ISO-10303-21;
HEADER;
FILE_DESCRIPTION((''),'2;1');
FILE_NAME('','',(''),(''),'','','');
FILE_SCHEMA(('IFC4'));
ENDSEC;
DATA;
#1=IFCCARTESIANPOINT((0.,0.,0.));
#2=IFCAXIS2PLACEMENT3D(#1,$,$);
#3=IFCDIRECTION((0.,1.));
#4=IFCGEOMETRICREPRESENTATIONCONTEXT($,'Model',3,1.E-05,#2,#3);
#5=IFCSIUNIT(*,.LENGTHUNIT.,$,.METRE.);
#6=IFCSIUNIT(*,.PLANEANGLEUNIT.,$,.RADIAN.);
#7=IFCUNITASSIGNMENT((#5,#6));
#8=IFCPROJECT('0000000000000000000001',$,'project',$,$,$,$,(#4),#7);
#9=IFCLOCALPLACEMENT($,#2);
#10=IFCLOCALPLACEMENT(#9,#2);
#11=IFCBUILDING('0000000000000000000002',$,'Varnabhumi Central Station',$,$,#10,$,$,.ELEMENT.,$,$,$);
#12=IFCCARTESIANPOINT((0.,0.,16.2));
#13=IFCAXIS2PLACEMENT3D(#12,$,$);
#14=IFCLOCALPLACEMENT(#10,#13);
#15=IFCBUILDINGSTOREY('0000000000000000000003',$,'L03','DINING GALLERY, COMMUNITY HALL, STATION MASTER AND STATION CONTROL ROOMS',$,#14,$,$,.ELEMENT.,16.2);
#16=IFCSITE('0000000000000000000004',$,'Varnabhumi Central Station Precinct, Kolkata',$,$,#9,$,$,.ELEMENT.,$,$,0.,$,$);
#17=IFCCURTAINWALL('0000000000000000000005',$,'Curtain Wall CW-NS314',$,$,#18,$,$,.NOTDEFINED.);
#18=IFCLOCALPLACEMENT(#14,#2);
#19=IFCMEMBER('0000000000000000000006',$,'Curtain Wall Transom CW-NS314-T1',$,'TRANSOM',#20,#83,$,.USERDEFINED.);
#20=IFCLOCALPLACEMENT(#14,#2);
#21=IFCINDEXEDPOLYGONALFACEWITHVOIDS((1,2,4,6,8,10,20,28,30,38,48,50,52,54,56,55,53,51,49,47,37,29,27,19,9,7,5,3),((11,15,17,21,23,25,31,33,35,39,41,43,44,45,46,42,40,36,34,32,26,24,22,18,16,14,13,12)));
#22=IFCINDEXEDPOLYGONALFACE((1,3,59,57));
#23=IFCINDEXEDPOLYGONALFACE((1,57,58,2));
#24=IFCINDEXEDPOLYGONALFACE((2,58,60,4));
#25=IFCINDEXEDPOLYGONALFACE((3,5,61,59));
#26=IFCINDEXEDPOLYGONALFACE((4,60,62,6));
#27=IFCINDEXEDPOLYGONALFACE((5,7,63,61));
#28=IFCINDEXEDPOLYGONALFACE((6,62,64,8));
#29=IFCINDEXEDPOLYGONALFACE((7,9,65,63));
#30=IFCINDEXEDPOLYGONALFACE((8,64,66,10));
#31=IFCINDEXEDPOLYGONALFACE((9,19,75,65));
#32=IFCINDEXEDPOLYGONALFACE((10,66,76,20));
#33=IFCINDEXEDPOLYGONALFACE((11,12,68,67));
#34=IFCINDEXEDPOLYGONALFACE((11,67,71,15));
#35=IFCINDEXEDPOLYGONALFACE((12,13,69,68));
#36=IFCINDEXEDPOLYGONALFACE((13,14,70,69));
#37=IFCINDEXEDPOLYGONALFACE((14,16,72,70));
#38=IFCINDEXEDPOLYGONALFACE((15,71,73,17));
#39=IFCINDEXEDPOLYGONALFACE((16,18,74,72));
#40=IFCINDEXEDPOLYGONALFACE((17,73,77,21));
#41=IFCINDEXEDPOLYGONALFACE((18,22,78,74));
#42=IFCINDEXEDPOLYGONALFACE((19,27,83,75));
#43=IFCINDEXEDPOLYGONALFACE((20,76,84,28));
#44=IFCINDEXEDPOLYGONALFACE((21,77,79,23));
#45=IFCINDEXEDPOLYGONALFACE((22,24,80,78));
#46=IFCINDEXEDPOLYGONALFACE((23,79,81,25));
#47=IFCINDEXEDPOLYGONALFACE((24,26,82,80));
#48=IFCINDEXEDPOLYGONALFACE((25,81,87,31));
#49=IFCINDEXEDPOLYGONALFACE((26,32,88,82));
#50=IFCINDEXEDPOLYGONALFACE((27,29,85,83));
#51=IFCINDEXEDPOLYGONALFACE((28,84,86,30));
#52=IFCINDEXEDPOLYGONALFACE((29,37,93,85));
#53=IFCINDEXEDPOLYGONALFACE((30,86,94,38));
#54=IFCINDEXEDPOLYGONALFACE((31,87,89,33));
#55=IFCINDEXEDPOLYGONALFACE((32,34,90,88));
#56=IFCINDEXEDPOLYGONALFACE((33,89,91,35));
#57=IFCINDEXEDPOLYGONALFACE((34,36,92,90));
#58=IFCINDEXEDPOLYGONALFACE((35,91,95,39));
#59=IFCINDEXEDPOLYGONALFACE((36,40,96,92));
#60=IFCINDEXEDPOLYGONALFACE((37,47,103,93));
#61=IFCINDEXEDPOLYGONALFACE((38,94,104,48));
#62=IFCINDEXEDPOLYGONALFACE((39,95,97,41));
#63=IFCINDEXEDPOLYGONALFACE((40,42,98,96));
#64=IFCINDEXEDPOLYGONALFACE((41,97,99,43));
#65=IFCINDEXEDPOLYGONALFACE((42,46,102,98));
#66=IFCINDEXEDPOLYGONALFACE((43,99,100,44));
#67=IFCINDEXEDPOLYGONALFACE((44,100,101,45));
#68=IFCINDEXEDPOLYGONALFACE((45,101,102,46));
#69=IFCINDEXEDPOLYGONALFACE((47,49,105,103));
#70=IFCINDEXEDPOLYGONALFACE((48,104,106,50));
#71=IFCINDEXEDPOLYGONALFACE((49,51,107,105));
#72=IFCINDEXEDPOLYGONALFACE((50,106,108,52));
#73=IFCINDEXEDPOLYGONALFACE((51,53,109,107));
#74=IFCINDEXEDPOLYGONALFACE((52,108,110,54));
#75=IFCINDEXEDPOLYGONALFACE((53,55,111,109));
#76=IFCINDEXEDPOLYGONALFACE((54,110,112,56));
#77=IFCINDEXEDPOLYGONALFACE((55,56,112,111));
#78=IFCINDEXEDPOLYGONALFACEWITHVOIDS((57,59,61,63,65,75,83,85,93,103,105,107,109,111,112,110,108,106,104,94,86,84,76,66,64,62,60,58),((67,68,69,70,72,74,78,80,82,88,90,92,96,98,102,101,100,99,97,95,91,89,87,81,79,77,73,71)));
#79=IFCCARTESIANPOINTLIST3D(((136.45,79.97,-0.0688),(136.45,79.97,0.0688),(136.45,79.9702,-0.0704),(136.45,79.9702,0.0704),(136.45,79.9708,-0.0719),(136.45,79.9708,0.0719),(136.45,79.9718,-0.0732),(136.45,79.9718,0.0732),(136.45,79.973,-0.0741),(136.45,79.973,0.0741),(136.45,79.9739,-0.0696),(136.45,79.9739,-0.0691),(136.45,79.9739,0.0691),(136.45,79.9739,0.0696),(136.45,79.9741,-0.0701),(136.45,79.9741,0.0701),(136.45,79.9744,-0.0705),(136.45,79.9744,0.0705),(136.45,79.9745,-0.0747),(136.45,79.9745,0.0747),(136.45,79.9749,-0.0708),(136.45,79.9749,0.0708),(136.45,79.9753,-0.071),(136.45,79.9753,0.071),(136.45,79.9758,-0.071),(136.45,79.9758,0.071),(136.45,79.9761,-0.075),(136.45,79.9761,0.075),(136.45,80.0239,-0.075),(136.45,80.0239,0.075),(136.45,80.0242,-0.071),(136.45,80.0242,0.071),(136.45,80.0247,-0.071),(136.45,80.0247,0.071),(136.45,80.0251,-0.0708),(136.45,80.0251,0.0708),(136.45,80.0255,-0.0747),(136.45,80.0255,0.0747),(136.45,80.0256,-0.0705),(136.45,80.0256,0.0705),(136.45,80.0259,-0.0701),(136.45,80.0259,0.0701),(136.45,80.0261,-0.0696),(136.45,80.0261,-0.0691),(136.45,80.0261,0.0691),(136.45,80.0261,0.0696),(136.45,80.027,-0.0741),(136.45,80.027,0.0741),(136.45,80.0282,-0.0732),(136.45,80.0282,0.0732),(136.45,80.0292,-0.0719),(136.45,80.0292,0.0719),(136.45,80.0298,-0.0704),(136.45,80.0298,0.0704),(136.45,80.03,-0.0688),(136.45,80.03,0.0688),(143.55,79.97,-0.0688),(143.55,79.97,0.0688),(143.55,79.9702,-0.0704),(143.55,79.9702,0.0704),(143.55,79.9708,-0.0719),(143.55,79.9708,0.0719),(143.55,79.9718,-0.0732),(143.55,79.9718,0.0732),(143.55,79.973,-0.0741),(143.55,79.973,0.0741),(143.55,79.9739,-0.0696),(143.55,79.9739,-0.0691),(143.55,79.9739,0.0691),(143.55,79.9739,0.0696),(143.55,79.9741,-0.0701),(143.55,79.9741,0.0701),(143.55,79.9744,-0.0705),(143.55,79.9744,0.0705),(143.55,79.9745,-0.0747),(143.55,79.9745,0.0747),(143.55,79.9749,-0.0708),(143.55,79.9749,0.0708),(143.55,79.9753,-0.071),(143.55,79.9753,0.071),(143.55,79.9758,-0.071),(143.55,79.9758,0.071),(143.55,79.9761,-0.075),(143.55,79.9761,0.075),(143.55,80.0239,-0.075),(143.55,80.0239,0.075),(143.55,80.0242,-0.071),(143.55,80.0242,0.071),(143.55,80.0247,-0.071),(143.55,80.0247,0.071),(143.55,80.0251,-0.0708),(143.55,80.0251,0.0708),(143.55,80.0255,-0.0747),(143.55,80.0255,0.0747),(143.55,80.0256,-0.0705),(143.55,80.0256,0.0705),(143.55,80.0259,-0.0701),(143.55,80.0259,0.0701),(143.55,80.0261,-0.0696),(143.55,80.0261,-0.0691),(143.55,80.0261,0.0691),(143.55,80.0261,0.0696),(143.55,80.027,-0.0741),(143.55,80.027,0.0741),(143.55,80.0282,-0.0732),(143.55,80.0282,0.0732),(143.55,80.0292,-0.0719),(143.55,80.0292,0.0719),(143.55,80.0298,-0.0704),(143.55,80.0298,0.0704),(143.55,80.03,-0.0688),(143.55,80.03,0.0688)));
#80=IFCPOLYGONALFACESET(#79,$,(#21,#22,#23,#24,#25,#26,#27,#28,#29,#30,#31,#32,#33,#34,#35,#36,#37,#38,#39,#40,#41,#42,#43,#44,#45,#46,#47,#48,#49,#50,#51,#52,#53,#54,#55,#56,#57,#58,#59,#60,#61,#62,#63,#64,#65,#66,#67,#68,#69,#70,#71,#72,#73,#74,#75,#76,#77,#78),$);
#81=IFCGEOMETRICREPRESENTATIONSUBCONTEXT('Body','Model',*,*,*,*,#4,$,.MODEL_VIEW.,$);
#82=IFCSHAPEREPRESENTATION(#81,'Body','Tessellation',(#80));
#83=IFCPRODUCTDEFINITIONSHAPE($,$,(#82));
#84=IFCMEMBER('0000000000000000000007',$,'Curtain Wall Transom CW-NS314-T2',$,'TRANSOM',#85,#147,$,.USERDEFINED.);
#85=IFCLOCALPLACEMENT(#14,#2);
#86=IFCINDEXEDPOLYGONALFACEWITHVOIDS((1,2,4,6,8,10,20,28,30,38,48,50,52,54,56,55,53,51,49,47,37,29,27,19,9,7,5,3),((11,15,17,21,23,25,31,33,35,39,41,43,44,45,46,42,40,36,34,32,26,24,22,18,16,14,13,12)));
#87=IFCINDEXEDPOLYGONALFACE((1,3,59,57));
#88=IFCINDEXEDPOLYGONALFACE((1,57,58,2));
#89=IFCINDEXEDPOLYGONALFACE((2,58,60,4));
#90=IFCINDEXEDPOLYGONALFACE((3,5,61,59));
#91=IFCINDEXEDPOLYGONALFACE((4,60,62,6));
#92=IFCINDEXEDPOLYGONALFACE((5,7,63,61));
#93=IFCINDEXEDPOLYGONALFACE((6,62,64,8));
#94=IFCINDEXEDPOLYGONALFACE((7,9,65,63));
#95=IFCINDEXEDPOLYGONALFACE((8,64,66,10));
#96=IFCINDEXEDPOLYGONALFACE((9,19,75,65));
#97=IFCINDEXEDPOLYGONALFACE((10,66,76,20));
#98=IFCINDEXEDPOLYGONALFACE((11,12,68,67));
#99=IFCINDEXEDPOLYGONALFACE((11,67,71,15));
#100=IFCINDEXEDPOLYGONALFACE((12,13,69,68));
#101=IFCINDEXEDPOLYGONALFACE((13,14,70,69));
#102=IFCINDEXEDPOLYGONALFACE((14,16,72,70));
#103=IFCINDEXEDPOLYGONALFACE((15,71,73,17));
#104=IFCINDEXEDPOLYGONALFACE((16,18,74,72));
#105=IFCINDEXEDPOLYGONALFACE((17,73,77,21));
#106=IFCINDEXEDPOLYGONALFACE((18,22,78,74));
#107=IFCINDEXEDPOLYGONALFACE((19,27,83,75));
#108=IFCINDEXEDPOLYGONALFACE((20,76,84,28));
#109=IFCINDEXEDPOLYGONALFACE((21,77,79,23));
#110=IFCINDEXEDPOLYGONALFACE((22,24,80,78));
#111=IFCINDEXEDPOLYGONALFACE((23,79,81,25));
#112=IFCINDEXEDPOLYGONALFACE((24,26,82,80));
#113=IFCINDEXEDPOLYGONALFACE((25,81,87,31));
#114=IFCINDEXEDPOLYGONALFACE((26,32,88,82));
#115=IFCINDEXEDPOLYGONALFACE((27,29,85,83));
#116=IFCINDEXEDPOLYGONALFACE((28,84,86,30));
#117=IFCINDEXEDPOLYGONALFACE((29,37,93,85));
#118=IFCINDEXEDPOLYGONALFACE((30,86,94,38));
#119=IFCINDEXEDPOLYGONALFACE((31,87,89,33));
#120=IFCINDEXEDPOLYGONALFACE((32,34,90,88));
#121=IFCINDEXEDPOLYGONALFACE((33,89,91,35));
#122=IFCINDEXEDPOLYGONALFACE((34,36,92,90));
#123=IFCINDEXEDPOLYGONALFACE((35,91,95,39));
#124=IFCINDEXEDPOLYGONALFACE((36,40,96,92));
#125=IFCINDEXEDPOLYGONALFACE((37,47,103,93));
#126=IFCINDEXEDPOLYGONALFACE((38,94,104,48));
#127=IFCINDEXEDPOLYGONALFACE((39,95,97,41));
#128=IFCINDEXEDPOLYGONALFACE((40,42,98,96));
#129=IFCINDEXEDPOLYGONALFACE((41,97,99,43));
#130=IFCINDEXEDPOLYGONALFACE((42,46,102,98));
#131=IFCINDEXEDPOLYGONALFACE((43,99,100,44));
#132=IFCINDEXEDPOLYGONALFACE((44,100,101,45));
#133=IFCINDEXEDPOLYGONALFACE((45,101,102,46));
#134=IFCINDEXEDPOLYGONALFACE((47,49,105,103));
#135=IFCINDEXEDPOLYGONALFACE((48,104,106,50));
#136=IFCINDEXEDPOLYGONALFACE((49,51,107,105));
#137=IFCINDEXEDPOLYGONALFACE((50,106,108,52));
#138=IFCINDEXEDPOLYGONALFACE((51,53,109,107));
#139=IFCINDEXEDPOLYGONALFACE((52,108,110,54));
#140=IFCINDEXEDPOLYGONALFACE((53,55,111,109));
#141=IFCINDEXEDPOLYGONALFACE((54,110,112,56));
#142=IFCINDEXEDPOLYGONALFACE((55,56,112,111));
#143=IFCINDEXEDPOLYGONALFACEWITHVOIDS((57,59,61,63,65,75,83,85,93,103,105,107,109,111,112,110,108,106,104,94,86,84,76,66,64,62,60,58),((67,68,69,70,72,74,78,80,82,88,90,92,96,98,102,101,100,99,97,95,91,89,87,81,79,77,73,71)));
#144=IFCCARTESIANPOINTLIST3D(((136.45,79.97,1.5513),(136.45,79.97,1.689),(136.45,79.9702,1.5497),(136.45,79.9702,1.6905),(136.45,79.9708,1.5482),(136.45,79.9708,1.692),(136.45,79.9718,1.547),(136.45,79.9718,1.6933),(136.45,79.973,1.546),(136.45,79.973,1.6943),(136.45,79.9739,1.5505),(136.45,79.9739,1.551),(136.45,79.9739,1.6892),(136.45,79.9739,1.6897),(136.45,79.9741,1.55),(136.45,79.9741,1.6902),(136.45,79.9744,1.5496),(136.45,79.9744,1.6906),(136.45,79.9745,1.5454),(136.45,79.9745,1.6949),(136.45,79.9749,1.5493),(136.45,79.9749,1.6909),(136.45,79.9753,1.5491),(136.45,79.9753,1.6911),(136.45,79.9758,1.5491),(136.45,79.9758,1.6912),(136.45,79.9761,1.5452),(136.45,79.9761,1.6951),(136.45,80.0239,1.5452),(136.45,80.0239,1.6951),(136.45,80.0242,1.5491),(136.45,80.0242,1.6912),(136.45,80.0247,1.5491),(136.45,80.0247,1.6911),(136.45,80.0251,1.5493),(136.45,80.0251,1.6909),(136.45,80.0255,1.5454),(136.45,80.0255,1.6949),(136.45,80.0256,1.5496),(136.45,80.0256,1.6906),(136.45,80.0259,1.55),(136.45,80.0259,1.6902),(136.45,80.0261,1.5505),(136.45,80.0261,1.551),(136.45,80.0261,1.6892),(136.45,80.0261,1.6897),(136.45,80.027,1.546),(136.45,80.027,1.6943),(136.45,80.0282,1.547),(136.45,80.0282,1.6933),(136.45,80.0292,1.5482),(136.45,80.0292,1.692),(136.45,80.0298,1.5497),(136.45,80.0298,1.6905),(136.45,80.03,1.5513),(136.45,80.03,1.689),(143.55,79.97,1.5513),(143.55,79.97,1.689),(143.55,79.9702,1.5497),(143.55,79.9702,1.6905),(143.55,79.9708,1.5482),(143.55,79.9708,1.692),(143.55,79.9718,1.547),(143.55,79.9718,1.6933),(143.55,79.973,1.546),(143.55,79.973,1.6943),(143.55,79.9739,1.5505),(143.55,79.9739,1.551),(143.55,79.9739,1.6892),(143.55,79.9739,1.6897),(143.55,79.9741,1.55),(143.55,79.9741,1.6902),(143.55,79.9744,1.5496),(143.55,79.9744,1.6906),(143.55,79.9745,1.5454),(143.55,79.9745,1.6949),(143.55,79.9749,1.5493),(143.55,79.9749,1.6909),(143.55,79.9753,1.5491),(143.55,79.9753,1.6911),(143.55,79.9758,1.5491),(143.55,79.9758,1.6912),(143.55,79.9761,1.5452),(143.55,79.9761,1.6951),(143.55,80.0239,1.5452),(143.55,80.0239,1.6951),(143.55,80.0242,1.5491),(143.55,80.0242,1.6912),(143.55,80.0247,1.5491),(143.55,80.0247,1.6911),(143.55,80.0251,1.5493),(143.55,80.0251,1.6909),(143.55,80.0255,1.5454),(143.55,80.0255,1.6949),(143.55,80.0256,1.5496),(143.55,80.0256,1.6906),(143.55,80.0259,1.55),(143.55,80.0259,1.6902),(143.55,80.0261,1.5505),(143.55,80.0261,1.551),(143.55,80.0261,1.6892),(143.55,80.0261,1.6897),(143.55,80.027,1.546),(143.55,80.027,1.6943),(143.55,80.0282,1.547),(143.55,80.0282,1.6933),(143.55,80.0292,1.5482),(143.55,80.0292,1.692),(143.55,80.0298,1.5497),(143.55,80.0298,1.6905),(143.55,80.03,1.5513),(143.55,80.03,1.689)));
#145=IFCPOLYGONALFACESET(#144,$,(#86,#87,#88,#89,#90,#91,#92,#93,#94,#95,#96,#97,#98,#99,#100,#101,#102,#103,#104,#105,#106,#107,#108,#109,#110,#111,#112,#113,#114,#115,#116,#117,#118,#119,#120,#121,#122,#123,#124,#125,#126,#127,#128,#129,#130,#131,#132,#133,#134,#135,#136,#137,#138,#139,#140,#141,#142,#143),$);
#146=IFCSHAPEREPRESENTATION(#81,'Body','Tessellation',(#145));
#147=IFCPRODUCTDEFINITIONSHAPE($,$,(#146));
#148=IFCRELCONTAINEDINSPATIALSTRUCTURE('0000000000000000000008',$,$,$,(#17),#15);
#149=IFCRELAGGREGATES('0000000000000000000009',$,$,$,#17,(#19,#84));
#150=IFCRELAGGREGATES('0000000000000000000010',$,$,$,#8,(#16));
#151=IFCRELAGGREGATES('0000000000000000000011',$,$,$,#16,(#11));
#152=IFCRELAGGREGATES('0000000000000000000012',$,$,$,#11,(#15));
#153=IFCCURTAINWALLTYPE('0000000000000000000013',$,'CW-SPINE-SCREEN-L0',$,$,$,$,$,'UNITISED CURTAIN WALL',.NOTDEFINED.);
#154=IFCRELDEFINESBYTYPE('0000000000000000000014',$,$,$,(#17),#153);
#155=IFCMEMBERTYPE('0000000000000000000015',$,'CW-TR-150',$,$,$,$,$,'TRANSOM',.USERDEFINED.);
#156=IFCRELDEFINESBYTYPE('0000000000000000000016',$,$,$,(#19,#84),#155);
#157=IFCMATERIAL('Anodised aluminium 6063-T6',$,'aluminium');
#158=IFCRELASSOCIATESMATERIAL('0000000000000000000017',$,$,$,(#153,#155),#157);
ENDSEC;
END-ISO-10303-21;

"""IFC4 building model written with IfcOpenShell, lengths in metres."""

from ifc_helpers import new_model, si_unit, direction, frame, origin, origin_2d, place, context, subcontext, project, spatial, hollow_rectangle, extrude, material, material_profile, profile_set, type_object, element, aggregate, save


model = new_model("IFC4")

# Units and contexts
model_context = context("Model", 3, precision=1e-05, world=origin(), true_north=direction((0.0, 1.0)))
body_context = subcontext(model_context, "Body", "Model", "MODEL_VIEW")
ifc_project = project(units=[si_unit("LENGTHUNIT", "METRE"), si_unit("PLANEANGLEUNIT", "RADIAN")], contexts=[model_context])

# Site, building, storey
site_placement = place(None, origin())
site = spatial("IfcSite", under=ifc_project, at=site_placement, Name="Varnabhumi Central Station Precinct, Kolkata", CompositionType="ELEMENT", RefElevation=0.0)
building_placement = place(site_placement, origin())
building = spatial("IfcBuilding", under=site, at=building_placement, Name="Varnabhumi Central Station", CompositionType="ELEMENT")
storey_placement = place(building_placement, frame((0.0, 0.0, 16.2)))
storey = spatial("IfcBuildingStorey", under=building, at=storey_placement, Name="L03", Description="DINING GALLERY, COMMUNITY HALL, STATION MASTER AND STATION CONTROL ROOMS", CompositionType="ELEMENT", Elevation=16.2)

# Curtain wall, members
ifc_material_1 = material(Name="Anodised aluminium 6063-T6", Category="aluminium")
curtain_wall_type = type_object("IfcCurtainWallType", Name="CW-SPINE-SCREEN-L0", ElementType="UNITISED CURTAIN WALL", PredefinedType="NOTDEFINED", material=ifc_material_1)
curtain_wall_placement = place(storey_placement, origin())
curtain_wall = element("IfcCurtainWall", 1, at=curtain_wall_placement, inside=storey, type_object=curtain_wall_type, Name="Curtain Wall CW-NS314", PredefinedType="NOTDEFINED")
ifc_material_profile_1 = material_profile(ifc_material_1, hollow_rectangle(XDim=0.0601, YDim=0.1499, WallThickness=0.0039, InnerFilletRadius=0.002, OuterFilletRadius=0.0061, at=origin_2d()), Name="Anodised aluminium 6063-T6", Category="aluminium")
ifc_profile_set_1 = profile_set([ifc_material_profile_1], Name="Anodised aluminium 6063-T6")
member_type_1 = type_object("IfcMemberType", Name="CW-TR-150", ElementType="TRANSOM", PredefinedType="USERDEFINED", material=ifc_profile_set_1)
member_1_placement = place(storey_placement, frame((136.45, 80.0, 0.0), z_axis=(1.0, 0.0, 0.0), x_axis=(0.0, 1.0, 0.0)))
member_1 = element("IfcMember", 2, at=member_1_placement, type_object=member_type_1, Name="Curtain Wall Transom CW-NS314-T1", ObjectType="TRANSOM", PredefinedType="USERDEFINED", context=body_context, shape_type="SweptSolid", body=[
    extrude(hollow_rectangle(XDim=0.0601, YDim=0.1499, WallThickness=0.0039, InnerFilletRadius=0.002, OuterFilletRadius=0.0061, at=origin_2d()), origin(), (0.0, 0.0, 1.0), 7.1001),
])
member_2_placement = place(storey_placement, frame((136.45, 80.0, 1.6201), z_axis=(1.0, 0.0, 0.0), x_axis=(0.0, 1.0, 0.0)))
member_2 = element("IfcMember", 3, at=member_2_placement, type_object=member_type_1, Name="Curtain Wall Transom CW-NS314-T2", ObjectType="TRANSOM", PredefinedType="USERDEFINED", context=body_context, shape_type="SweptSolid", body=[
    extrude(hollow_rectangle(XDim=0.0601, YDim=0.1499, WallThickness=0.0039, InnerFilletRadius=0.002, OuterFilletRadius=0.0061, at=origin_2d()), origin(), (0.0, 0.0, 1.0), 7.1001),
])

aggregate(curtain_wall, [member_1, member_2])

save(model, "model.ifc")
